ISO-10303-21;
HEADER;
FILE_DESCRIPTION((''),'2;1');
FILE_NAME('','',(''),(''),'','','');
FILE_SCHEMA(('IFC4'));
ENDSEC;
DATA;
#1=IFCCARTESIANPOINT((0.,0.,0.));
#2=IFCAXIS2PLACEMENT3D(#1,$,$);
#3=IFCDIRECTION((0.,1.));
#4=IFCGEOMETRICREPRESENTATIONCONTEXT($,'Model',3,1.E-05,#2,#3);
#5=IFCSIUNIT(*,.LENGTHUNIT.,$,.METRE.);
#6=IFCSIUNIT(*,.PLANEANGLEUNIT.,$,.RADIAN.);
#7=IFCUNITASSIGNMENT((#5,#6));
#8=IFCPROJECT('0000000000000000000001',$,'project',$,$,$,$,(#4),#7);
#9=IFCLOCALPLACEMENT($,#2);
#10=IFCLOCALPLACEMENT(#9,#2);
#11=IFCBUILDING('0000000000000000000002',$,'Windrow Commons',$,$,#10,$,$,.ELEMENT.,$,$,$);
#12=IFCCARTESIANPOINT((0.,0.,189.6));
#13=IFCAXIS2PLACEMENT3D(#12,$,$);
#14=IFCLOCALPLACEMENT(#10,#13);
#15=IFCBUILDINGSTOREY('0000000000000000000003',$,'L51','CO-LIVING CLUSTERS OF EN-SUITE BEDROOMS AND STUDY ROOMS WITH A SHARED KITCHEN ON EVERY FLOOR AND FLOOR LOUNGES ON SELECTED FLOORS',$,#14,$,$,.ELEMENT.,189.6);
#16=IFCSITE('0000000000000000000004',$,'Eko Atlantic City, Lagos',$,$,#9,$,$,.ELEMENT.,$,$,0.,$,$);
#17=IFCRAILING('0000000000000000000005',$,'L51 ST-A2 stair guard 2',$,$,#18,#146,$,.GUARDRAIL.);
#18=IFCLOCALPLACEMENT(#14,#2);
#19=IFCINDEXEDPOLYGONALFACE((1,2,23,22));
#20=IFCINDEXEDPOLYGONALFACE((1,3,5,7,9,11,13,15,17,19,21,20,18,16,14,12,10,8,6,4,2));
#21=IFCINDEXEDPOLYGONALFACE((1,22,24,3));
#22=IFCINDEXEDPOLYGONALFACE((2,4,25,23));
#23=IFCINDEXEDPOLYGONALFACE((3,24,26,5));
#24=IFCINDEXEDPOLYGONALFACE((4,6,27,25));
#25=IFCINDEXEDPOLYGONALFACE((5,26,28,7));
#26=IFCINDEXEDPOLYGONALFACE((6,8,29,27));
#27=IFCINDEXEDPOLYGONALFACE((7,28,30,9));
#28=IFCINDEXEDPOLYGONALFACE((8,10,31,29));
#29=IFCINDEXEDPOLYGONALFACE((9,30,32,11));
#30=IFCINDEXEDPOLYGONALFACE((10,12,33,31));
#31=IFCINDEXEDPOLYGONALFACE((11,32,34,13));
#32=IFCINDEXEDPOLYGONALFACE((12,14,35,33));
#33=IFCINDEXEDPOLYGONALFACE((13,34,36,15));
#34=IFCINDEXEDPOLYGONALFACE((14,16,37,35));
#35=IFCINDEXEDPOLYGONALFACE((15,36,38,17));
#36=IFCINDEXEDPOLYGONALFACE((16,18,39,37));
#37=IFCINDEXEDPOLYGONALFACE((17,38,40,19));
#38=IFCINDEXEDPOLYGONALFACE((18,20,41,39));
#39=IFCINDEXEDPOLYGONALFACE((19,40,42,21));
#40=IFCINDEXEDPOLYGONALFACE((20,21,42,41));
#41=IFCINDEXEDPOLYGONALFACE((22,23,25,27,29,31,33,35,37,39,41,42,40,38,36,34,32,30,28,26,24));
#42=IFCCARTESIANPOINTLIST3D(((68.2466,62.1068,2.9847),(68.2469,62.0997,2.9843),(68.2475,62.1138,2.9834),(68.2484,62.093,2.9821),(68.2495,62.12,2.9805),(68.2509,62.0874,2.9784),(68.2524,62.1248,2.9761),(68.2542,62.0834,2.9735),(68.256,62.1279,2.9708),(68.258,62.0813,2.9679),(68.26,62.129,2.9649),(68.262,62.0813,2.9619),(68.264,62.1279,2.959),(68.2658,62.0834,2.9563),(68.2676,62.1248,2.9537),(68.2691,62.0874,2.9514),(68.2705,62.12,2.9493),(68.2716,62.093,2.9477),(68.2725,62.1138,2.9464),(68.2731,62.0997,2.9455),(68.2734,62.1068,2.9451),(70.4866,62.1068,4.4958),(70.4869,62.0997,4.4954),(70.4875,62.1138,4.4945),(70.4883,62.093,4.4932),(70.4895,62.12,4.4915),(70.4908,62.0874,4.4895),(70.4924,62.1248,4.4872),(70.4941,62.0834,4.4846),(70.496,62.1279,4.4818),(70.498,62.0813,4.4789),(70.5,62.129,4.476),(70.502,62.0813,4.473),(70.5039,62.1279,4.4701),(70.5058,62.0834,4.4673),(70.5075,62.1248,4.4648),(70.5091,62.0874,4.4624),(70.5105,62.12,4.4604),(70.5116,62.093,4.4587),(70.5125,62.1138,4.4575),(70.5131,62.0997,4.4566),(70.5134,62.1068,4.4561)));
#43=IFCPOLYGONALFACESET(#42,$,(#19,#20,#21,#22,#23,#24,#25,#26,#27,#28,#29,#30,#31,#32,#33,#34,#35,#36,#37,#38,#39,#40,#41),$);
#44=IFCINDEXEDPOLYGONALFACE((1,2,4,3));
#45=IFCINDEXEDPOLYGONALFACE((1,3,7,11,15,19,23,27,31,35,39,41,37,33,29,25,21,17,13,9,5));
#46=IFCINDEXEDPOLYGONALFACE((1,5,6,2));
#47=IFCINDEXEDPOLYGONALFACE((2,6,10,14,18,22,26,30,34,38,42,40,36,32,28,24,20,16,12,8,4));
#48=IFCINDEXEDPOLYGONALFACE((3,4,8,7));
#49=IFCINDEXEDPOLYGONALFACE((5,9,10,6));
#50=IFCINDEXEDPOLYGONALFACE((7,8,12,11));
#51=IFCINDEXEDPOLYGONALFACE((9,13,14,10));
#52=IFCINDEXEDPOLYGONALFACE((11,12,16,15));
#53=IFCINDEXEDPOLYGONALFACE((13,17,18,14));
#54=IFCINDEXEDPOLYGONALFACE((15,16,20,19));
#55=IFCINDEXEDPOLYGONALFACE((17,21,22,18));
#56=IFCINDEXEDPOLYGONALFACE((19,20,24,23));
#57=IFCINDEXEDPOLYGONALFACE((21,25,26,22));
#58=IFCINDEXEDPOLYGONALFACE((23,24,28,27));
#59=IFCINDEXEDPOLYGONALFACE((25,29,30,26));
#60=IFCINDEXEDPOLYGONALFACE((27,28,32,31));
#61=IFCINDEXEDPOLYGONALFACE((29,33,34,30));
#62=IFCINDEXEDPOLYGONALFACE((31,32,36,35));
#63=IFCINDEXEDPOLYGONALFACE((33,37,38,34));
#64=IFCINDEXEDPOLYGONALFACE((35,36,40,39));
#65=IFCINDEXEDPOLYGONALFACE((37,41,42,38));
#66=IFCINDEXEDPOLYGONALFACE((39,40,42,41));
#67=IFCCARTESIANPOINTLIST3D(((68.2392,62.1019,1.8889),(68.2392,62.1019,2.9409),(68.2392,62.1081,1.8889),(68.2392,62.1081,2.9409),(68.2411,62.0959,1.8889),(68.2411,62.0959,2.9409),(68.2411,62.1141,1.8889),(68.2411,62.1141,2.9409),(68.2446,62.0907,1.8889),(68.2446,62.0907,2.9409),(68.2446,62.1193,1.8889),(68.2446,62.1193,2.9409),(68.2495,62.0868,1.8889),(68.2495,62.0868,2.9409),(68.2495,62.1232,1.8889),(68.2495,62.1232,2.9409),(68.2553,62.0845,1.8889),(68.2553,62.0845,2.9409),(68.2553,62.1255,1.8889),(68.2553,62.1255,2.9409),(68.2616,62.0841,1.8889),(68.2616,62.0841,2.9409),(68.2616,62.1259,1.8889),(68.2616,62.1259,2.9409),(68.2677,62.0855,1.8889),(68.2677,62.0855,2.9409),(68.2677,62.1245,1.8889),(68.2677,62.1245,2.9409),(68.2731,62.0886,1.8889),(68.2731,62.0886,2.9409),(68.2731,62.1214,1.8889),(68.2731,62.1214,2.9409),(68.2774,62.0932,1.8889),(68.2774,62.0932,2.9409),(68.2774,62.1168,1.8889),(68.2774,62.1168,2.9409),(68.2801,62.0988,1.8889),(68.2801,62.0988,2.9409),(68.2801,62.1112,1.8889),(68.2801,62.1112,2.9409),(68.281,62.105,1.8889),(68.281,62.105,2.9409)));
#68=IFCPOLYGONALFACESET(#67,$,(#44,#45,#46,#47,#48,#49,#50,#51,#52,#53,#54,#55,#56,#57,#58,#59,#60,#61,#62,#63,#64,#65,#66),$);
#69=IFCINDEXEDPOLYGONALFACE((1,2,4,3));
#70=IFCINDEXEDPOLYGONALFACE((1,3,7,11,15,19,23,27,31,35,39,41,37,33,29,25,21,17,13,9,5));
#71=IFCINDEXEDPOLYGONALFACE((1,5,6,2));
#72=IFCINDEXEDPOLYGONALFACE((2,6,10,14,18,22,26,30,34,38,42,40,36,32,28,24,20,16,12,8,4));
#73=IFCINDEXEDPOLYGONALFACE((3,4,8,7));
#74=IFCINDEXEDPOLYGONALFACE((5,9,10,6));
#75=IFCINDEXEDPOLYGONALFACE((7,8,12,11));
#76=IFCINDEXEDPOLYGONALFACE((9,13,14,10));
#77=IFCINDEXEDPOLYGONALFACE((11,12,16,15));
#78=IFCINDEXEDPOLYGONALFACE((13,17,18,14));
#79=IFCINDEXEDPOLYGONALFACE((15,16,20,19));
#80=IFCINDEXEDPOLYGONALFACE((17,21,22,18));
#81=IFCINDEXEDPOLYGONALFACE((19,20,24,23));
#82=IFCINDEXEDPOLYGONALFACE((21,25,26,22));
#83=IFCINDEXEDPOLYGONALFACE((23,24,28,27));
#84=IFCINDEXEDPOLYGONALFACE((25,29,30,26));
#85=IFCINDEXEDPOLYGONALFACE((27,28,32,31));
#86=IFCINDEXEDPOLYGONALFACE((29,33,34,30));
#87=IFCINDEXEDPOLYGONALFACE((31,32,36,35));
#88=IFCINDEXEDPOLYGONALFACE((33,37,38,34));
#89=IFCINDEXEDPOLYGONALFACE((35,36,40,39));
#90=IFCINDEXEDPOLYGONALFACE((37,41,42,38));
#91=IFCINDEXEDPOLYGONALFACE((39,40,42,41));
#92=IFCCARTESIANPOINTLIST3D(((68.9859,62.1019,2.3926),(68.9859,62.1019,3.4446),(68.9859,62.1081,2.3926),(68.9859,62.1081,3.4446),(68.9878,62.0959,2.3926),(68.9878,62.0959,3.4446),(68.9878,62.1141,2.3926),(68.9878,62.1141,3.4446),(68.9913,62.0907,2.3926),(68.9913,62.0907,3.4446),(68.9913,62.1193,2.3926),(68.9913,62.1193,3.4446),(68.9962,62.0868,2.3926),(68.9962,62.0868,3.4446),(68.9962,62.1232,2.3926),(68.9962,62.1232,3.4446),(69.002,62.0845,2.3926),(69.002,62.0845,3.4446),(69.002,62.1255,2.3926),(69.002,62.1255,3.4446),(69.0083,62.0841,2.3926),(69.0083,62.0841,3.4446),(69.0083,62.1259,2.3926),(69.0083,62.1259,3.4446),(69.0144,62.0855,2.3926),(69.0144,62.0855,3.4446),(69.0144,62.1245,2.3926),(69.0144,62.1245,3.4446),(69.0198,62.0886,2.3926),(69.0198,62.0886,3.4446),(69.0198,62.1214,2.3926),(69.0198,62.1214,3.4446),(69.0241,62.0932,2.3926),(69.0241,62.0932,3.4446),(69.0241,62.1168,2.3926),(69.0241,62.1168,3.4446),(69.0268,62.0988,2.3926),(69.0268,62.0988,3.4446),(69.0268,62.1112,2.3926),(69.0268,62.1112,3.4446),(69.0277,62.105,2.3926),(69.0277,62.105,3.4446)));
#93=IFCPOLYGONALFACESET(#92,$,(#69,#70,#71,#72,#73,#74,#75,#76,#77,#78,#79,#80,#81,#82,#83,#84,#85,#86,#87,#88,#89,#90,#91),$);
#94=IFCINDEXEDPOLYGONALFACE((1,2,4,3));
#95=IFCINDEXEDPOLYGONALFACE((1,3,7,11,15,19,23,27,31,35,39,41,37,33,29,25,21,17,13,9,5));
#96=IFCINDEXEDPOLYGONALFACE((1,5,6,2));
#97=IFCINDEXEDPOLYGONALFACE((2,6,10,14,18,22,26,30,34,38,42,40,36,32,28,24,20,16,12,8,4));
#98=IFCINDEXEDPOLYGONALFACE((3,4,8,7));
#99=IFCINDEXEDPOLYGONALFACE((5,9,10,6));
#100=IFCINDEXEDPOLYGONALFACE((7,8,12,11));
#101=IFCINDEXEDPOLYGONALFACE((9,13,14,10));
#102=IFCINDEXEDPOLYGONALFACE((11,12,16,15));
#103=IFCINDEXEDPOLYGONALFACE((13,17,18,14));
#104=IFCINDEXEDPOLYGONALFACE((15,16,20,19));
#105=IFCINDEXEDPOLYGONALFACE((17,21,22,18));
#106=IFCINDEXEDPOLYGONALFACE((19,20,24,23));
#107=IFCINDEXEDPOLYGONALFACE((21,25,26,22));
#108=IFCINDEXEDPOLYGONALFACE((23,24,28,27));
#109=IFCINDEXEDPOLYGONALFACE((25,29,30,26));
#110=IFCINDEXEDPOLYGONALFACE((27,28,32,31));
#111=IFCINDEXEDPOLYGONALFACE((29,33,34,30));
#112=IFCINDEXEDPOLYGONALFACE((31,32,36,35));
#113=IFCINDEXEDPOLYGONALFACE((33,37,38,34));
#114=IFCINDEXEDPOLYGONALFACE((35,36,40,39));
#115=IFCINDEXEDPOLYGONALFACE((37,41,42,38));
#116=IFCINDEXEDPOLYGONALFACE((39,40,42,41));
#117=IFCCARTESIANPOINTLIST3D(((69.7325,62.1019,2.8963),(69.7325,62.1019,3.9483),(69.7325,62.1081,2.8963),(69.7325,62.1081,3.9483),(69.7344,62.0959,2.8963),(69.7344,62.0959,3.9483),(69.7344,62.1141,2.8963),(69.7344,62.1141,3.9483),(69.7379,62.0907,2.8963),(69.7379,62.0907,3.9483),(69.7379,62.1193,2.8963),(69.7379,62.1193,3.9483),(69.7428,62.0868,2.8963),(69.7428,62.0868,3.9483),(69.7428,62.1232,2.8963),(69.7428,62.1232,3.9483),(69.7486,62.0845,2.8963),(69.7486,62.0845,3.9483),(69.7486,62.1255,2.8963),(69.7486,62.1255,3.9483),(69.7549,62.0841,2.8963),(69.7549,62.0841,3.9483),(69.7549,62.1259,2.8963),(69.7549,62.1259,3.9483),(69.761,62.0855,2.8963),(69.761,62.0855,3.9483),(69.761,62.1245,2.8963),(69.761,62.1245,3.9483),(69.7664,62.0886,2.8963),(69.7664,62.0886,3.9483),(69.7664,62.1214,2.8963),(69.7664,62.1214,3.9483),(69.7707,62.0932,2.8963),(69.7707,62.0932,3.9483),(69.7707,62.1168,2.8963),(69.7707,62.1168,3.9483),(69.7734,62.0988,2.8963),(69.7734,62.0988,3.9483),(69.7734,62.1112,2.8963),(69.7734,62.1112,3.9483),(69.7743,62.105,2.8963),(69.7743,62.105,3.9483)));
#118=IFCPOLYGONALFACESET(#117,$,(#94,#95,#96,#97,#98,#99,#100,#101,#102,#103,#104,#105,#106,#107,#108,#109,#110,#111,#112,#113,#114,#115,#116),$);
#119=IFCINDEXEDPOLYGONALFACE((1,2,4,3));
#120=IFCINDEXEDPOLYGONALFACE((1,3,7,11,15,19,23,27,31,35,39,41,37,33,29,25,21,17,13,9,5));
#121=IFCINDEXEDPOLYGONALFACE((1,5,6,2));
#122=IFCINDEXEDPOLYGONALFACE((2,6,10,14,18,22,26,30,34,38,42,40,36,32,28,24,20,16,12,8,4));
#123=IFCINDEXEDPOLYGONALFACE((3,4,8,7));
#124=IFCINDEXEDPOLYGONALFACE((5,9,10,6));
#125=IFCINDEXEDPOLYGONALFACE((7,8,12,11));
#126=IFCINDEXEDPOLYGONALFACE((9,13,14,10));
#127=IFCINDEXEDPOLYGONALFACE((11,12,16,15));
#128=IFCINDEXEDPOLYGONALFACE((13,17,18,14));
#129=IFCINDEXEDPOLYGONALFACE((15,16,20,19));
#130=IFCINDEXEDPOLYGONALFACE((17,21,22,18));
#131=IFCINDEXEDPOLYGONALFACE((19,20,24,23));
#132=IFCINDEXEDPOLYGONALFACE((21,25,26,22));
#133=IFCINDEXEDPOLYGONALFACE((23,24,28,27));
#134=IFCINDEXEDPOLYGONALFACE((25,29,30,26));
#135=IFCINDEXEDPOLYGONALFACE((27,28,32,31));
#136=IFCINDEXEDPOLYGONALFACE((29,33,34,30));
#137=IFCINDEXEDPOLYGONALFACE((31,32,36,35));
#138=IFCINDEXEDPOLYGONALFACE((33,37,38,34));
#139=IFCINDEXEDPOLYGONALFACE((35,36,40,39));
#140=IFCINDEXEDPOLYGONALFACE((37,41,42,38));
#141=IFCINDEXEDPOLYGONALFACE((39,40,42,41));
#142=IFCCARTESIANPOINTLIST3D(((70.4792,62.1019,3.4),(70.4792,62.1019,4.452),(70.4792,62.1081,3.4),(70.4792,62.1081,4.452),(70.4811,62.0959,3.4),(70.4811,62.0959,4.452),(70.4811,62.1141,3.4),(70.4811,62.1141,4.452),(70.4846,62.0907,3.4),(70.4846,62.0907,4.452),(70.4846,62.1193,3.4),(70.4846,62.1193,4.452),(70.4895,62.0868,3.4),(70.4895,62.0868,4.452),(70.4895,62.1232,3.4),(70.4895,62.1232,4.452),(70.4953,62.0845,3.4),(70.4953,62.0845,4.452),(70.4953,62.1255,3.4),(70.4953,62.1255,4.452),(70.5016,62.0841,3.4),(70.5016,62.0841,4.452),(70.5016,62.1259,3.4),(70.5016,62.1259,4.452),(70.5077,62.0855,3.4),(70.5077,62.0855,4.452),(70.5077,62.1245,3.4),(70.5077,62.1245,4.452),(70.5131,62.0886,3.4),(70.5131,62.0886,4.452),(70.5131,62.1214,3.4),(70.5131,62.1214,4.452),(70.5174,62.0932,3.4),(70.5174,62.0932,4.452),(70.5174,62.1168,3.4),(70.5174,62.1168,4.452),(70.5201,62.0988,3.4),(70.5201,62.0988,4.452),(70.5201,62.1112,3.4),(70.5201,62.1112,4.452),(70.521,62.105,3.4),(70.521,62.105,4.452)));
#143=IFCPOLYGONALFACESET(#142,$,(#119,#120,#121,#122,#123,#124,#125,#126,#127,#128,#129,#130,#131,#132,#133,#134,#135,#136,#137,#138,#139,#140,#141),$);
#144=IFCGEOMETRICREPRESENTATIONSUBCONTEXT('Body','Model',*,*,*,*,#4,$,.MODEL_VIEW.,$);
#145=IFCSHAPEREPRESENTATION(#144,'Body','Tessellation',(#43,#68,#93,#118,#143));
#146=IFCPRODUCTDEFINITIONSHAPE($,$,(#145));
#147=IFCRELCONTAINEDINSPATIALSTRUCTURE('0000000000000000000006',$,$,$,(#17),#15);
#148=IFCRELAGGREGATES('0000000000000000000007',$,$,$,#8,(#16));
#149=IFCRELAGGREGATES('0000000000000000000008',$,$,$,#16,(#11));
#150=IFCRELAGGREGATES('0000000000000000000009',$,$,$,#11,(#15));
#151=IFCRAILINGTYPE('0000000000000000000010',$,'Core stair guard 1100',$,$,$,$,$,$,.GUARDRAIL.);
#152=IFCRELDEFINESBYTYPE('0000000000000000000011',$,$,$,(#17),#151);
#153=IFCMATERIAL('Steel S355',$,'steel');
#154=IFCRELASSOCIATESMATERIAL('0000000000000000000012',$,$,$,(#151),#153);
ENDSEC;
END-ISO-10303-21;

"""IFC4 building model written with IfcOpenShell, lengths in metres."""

from ifc_helpers import new_model, si_unit, direction, frame, origin, origin_2d, place, context, subcontext, project, spatial, circle, extrude, material, type_object, element, save


model = new_model("IFC4")

# Units and contexts
model_context = context("Model", 3, precision=1e-05, world=origin(), true_north=direction((0.0, 1.0)))
body_context = subcontext(model_context, "Body", "Model", "MODEL_VIEW")
ifc_project = project(units=[si_unit("LENGTHUNIT", "METRE"), si_unit("PLANEANGLEUNIT", "RADIAN")], contexts=[model_context])

# Site, building, storey
site_placement = place(None, origin())
site = spatial("IfcSite", under=ifc_project, at=site_placement, Name="Eko Atlantic City, Lagos", CompositionType="ELEMENT", RefElevation=0.0)
building_placement = place(site_placement, origin())
building = spatial("IfcBuilding", under=site, at=building_placement, Name="Windrow Commons", CompositionType="ELEMENT")
storey_placement = place(building_placement, frame((0.0, 0.0, 189.6)))
storey = spatial("IfcBuildingStorey", under=building, at=storey_placement, Name="L51", Description="CO-LIVING CLUSTERS OF EN-SUITE BEDROOMS AND STUDY ROOMS WITH A SHARED KITCHEN ON EVERY FLOOR AND FLOOR LOUNGES ON SELECTED FLOORS", CompositionType="ELEMENT", Elevation=189.6)

# Railing
ifc_material_1 = material(Name="Steel S355", Category="steel")
railing_type_1 = type_object("IfcRailingType", Name="Core stair guard 1100", PredefinedType="GUARDRAIL", material=ifc_material_1)
railing_1_placement = place(storey_placement, frame((68.26, 62.105, 1.8889)))
element("IfcRailing", 1, at=railing_1_placement, inside=storey, type_object=railing_type_1, Name="L51 ST-A2 stair guard 2", PredefinedType="GUARDRAIL", context=body_context, shape_type="SweptSolid", body=[
    extrude(circle(Radius=0.024, at=origin_2d()), frame((0.0, 0.0, 1.076), z_axis=(0.829003, 0.0, 0.559244), x_axis=(0.0, 1.0, 0.0)), (0.0, 0.0, 1.0), 2.702),
    extrude(circle(Radius=0.021, at=origin_2d()), origin(), (0.0, 0.0, 1.0), 1.052),
    extrude(circle(Radius=0.021, at=origin_2d()), frame((0.7467, 0.0, 0.5037)), (0.0, 0.0, 1.0), 1.052),
    extrude(circle(Radius=0.021, at=origin_2d()), frame((1.4933, 0.0, 1.0074)), (0.0, 0.0, 1.0), 1.052),
    extrude(circle(Radius=0.021, at=origin_2d()), frame((2.24, 0.0, 1.5111)), (0.0, 0.0, 1.0), 1.052),
])

save(model, "model.ifc")
